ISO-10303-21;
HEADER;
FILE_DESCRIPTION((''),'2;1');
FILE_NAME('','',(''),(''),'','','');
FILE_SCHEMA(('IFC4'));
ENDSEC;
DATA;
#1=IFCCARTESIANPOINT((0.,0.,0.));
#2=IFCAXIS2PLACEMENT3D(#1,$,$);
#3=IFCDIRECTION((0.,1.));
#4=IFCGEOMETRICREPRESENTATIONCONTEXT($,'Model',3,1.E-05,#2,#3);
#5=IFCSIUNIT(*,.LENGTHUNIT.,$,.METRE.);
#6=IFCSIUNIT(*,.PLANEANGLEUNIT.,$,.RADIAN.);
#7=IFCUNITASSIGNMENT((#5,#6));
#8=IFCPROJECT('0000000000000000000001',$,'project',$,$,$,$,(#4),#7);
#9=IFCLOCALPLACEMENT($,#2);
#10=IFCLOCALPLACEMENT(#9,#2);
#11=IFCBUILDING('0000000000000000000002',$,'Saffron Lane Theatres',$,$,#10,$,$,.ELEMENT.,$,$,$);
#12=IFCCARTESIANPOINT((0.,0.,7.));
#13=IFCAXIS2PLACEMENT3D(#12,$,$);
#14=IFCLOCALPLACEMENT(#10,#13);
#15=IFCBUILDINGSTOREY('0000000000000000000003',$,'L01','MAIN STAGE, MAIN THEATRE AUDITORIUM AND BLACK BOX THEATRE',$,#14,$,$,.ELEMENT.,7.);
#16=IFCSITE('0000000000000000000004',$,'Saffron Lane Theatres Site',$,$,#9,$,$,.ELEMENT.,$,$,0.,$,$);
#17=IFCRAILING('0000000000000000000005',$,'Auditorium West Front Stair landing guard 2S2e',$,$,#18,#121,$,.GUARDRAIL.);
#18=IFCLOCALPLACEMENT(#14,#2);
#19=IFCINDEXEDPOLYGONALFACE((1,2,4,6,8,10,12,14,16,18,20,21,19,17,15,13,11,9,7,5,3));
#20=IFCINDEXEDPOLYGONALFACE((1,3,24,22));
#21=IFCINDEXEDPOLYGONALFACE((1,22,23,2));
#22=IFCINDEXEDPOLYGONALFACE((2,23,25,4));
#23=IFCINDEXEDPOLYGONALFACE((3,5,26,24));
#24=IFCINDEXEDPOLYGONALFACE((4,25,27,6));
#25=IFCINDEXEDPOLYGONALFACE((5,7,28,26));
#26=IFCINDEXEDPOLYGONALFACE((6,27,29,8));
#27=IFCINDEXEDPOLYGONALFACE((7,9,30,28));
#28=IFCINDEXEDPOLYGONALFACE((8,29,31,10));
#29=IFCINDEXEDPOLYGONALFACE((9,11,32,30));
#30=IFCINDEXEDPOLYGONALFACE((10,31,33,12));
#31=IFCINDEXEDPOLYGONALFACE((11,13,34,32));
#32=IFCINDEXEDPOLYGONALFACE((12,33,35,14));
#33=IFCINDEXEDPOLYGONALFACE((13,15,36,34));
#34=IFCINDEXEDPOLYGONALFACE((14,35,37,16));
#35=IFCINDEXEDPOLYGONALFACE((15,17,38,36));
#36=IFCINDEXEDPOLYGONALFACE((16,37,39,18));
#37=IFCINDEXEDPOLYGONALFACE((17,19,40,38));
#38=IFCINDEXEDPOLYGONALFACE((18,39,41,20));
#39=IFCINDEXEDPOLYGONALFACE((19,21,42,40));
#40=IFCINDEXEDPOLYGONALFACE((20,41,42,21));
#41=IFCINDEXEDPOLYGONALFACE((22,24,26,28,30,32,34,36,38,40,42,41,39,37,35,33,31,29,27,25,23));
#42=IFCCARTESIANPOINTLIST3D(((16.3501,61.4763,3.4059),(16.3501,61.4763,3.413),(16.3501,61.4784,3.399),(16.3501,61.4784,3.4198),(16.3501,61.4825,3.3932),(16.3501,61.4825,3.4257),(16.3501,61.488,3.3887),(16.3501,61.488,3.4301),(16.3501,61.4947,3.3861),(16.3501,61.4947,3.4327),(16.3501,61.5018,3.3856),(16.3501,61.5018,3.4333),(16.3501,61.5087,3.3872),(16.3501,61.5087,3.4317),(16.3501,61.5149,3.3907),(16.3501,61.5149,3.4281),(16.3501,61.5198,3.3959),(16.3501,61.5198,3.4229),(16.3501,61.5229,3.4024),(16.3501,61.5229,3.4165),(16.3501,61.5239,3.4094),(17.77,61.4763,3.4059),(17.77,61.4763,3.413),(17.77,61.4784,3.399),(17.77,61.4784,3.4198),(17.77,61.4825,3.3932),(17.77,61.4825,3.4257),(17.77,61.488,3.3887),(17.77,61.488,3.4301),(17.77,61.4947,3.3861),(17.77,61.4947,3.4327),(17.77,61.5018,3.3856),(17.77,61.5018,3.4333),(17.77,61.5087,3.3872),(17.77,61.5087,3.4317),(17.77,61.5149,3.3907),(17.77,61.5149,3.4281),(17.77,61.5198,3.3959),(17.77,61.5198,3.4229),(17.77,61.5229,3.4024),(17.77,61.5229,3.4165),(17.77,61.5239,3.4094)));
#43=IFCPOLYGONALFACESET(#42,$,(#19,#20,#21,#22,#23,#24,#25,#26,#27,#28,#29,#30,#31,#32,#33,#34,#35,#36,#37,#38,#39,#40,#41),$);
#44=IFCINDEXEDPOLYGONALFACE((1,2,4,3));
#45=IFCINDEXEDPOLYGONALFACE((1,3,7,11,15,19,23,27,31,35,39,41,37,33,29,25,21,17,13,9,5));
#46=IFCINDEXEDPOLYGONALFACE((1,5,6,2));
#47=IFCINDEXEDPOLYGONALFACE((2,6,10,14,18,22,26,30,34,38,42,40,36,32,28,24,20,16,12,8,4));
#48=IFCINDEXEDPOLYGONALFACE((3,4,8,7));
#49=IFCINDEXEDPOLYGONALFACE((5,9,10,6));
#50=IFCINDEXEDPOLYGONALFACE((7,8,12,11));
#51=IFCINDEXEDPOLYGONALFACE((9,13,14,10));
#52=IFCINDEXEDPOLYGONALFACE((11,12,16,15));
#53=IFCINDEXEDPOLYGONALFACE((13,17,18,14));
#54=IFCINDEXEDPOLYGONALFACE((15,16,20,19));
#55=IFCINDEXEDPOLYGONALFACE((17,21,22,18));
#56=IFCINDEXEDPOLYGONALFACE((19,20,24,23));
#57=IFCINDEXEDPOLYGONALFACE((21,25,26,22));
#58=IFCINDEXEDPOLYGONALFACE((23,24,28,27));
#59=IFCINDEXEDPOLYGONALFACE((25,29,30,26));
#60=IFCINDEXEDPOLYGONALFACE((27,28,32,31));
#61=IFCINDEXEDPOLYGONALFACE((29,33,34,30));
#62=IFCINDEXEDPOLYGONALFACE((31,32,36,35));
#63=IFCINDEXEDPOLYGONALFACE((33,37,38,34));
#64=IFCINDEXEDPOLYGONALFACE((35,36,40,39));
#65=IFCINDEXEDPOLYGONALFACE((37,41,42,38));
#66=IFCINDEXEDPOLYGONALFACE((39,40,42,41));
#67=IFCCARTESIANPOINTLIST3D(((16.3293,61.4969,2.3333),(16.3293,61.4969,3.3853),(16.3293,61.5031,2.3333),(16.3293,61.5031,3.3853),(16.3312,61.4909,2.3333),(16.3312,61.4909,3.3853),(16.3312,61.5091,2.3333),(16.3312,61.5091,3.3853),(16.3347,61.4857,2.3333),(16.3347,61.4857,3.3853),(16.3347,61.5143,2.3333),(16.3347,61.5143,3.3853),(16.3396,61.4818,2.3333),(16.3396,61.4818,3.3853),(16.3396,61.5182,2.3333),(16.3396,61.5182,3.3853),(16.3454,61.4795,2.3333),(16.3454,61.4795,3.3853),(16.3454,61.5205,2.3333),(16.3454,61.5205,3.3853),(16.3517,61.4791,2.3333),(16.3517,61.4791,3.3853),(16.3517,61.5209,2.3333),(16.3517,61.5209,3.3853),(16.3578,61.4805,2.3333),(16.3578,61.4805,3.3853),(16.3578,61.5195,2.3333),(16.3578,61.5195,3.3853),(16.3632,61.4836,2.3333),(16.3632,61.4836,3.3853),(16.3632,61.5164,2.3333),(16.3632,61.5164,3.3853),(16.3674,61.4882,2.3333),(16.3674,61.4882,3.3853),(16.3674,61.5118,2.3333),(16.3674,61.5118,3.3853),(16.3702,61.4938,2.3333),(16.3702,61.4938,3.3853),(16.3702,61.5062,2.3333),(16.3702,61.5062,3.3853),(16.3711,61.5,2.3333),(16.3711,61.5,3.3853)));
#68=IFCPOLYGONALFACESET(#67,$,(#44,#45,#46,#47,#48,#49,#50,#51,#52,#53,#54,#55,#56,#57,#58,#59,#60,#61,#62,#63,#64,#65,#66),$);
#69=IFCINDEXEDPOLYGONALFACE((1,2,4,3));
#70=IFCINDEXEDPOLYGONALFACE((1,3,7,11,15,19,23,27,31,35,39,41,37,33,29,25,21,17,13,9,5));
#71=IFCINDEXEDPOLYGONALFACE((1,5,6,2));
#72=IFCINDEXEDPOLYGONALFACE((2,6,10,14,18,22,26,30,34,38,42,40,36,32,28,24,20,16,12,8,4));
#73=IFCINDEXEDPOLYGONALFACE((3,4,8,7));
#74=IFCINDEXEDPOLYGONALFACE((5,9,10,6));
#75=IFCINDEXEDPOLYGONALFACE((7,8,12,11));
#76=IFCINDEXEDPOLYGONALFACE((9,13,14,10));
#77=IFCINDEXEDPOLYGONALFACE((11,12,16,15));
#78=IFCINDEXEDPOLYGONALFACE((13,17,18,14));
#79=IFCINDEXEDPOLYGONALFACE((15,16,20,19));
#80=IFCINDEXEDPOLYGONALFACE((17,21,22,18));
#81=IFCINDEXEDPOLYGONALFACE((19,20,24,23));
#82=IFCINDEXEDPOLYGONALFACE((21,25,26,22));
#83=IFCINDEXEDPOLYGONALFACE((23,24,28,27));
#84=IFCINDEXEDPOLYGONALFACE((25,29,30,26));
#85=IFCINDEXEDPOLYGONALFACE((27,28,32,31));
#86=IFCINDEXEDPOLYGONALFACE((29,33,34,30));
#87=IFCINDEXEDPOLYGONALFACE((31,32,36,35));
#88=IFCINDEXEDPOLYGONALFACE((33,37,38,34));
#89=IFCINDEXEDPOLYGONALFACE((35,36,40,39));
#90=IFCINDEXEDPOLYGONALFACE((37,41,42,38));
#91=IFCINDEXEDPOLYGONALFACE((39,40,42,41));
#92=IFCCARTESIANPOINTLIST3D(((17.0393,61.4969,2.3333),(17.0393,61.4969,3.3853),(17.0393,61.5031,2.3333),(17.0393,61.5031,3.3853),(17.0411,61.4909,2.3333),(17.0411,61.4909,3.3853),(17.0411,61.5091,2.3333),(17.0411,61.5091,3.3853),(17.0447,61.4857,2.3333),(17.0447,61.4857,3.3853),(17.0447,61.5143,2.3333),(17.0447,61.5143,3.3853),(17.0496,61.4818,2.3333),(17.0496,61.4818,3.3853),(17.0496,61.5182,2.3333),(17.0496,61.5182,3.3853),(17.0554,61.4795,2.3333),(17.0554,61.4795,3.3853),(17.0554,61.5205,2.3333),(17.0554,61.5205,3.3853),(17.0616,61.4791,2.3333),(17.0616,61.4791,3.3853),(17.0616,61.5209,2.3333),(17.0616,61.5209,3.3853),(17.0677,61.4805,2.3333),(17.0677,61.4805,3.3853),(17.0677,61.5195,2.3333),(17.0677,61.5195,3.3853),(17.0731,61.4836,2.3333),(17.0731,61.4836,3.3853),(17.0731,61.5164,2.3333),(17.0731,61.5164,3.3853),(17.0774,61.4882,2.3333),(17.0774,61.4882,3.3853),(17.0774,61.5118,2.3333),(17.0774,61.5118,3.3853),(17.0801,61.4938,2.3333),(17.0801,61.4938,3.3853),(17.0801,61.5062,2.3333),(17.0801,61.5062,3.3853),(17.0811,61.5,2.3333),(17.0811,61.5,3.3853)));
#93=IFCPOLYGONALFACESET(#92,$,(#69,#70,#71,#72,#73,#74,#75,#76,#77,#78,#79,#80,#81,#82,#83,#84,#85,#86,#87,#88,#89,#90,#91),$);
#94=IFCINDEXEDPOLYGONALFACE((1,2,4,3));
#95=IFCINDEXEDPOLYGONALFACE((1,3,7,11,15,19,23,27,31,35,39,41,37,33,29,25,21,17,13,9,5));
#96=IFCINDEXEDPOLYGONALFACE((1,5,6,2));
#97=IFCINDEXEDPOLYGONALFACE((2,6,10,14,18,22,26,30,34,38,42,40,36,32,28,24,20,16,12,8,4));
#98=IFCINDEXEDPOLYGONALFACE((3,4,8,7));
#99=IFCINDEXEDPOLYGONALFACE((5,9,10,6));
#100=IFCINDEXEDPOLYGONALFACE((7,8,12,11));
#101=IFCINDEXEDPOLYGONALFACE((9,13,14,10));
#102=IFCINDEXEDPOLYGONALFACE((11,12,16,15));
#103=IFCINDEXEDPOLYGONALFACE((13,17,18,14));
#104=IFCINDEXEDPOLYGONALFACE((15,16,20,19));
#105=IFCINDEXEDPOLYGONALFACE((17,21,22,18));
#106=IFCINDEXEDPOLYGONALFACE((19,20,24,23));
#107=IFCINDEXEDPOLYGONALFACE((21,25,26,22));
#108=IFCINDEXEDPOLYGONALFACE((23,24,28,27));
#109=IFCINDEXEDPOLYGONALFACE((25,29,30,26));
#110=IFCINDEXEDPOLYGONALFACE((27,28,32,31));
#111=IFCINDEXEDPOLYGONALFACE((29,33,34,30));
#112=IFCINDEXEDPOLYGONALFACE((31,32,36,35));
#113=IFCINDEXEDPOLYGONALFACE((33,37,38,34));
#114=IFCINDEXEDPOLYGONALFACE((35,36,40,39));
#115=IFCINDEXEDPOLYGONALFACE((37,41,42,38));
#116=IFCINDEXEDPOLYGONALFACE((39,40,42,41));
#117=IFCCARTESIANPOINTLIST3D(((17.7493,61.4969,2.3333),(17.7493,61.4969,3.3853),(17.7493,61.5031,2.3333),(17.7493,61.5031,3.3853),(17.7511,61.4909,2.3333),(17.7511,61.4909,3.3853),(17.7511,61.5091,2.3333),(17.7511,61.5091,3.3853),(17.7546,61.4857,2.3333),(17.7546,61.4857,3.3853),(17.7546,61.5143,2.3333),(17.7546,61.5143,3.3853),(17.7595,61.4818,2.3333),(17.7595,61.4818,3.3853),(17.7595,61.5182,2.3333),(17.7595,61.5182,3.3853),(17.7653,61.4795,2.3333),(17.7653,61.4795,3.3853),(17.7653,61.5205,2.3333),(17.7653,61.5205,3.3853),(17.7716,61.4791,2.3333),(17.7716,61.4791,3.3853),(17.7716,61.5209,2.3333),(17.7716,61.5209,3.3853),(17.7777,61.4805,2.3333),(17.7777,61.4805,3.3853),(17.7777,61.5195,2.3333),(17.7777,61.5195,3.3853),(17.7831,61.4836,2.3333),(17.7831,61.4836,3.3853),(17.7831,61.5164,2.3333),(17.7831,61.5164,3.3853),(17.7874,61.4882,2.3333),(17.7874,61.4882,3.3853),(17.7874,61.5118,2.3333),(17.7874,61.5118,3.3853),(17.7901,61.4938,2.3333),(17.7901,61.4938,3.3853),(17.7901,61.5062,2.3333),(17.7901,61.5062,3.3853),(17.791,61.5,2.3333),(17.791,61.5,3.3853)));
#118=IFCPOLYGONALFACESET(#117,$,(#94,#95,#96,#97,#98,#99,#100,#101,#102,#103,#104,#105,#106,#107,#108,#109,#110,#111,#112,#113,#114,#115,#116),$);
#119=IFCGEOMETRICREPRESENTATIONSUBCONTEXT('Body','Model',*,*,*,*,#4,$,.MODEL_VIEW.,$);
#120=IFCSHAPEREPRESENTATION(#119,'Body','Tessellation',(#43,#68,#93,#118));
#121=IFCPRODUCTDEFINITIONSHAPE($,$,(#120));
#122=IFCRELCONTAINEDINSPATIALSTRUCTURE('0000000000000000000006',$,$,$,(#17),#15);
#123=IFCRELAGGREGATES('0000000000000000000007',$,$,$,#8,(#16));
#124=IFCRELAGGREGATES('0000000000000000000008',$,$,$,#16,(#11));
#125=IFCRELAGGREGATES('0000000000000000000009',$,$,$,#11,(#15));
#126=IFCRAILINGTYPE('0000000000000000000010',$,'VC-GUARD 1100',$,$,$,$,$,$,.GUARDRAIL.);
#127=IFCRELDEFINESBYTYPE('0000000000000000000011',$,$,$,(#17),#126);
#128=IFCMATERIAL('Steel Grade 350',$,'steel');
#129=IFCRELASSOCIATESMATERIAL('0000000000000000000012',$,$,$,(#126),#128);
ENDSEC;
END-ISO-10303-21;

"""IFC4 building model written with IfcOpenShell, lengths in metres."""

from ifc_helpers import new_model, si_unit, direction, frame, origin, origin_2d, place, context, subcontext, project, spatial, circle, extrude, material, type_object, element, save


model = new_model("IFC4")

# Units and contexts
model_context = context("Model", 3, precision=1e-05, world=origin(), true_north=direction((0.0, 1.0)))
body_context = subcontext(model_context, "Body", "Model", "MODEL_VIEW")
ifc_project = project(units=[si_unit("LENGTHUNIT", "METRE"), si_unit("PLANEANGLEUNIT", "RADIAN")], contexts=[model_context])

# Site, building, storey
site_placement = place(None, origin())
site = spatial("IfcSite", under=ifc_project, at=site_placement, Name="Saffron Lane Theatres Site", CompositionType="ELEMENT", RefElevation=0.0)
building_placement = place(site_placement, origin())
building = spatial("IfcBuilding", under=site, at=building_placement, Name="Saffron Lane Theatres", CompositionType="ELEMENT")
storey_placement = place(building_placement, frame((0.0, 0.0, 7.0)))
storey = spatial("IfcBuildingStorey", under=building, at=storey_placement, Name="L01", Description="MAIN STAGE, MAIN THEATRE AUDITORIUM AND BLACK BOX THEATRE", CompositionType="ELEMENT", Elevation=7.0)

# Railing
ifc_material_1 = material(Name="Steel Grade 350", Category="steel")
railing_type_1 = type_object("IfcRailingType", Name="VC-GUARD 1100", PredefinedType="GUARDRAIL", material=ifc_material_1)
railing_1_placement = place(storey_placement, frame((16.3501, 61.5, 2.3333)))
element("IfcRailing", 1, at=railing_1_placement, inside=storey, type_object=railing_type_1, Name="Auditorium West Front Stair landing guard 2S2e", PredefinedType="GUARDRAIL", context=body_context, shape_type="SweptSolid", body=[
    extrude(circle(Radius=0.0239, at=origin_2d()), frame((0.0, 0.0, 1.0762), z_axis=(1.0, 0.0, 0.0), x_axis=(0.0, 1.0, 0.0)), (0.0, 0.0, 1.0), 1.4199),
    extrude(circle(Radius=0.021, at=origin_2d()), origin(), (0.0, 0.0, 1.0), 1.052),
    extrude(circle(Radius=0.021, at=origin_2d()), frame((0.71, 0.0, 0.0)), (0.0, 0.0, 1.0), 1.052),
    extrude(circle(Radius=0.021, at=origin_2d()), frame((1.4199, 0.0, 0.0)), (0.0, 0.0, 1.0), 1.052),
])

save(model, "model.ifc")
